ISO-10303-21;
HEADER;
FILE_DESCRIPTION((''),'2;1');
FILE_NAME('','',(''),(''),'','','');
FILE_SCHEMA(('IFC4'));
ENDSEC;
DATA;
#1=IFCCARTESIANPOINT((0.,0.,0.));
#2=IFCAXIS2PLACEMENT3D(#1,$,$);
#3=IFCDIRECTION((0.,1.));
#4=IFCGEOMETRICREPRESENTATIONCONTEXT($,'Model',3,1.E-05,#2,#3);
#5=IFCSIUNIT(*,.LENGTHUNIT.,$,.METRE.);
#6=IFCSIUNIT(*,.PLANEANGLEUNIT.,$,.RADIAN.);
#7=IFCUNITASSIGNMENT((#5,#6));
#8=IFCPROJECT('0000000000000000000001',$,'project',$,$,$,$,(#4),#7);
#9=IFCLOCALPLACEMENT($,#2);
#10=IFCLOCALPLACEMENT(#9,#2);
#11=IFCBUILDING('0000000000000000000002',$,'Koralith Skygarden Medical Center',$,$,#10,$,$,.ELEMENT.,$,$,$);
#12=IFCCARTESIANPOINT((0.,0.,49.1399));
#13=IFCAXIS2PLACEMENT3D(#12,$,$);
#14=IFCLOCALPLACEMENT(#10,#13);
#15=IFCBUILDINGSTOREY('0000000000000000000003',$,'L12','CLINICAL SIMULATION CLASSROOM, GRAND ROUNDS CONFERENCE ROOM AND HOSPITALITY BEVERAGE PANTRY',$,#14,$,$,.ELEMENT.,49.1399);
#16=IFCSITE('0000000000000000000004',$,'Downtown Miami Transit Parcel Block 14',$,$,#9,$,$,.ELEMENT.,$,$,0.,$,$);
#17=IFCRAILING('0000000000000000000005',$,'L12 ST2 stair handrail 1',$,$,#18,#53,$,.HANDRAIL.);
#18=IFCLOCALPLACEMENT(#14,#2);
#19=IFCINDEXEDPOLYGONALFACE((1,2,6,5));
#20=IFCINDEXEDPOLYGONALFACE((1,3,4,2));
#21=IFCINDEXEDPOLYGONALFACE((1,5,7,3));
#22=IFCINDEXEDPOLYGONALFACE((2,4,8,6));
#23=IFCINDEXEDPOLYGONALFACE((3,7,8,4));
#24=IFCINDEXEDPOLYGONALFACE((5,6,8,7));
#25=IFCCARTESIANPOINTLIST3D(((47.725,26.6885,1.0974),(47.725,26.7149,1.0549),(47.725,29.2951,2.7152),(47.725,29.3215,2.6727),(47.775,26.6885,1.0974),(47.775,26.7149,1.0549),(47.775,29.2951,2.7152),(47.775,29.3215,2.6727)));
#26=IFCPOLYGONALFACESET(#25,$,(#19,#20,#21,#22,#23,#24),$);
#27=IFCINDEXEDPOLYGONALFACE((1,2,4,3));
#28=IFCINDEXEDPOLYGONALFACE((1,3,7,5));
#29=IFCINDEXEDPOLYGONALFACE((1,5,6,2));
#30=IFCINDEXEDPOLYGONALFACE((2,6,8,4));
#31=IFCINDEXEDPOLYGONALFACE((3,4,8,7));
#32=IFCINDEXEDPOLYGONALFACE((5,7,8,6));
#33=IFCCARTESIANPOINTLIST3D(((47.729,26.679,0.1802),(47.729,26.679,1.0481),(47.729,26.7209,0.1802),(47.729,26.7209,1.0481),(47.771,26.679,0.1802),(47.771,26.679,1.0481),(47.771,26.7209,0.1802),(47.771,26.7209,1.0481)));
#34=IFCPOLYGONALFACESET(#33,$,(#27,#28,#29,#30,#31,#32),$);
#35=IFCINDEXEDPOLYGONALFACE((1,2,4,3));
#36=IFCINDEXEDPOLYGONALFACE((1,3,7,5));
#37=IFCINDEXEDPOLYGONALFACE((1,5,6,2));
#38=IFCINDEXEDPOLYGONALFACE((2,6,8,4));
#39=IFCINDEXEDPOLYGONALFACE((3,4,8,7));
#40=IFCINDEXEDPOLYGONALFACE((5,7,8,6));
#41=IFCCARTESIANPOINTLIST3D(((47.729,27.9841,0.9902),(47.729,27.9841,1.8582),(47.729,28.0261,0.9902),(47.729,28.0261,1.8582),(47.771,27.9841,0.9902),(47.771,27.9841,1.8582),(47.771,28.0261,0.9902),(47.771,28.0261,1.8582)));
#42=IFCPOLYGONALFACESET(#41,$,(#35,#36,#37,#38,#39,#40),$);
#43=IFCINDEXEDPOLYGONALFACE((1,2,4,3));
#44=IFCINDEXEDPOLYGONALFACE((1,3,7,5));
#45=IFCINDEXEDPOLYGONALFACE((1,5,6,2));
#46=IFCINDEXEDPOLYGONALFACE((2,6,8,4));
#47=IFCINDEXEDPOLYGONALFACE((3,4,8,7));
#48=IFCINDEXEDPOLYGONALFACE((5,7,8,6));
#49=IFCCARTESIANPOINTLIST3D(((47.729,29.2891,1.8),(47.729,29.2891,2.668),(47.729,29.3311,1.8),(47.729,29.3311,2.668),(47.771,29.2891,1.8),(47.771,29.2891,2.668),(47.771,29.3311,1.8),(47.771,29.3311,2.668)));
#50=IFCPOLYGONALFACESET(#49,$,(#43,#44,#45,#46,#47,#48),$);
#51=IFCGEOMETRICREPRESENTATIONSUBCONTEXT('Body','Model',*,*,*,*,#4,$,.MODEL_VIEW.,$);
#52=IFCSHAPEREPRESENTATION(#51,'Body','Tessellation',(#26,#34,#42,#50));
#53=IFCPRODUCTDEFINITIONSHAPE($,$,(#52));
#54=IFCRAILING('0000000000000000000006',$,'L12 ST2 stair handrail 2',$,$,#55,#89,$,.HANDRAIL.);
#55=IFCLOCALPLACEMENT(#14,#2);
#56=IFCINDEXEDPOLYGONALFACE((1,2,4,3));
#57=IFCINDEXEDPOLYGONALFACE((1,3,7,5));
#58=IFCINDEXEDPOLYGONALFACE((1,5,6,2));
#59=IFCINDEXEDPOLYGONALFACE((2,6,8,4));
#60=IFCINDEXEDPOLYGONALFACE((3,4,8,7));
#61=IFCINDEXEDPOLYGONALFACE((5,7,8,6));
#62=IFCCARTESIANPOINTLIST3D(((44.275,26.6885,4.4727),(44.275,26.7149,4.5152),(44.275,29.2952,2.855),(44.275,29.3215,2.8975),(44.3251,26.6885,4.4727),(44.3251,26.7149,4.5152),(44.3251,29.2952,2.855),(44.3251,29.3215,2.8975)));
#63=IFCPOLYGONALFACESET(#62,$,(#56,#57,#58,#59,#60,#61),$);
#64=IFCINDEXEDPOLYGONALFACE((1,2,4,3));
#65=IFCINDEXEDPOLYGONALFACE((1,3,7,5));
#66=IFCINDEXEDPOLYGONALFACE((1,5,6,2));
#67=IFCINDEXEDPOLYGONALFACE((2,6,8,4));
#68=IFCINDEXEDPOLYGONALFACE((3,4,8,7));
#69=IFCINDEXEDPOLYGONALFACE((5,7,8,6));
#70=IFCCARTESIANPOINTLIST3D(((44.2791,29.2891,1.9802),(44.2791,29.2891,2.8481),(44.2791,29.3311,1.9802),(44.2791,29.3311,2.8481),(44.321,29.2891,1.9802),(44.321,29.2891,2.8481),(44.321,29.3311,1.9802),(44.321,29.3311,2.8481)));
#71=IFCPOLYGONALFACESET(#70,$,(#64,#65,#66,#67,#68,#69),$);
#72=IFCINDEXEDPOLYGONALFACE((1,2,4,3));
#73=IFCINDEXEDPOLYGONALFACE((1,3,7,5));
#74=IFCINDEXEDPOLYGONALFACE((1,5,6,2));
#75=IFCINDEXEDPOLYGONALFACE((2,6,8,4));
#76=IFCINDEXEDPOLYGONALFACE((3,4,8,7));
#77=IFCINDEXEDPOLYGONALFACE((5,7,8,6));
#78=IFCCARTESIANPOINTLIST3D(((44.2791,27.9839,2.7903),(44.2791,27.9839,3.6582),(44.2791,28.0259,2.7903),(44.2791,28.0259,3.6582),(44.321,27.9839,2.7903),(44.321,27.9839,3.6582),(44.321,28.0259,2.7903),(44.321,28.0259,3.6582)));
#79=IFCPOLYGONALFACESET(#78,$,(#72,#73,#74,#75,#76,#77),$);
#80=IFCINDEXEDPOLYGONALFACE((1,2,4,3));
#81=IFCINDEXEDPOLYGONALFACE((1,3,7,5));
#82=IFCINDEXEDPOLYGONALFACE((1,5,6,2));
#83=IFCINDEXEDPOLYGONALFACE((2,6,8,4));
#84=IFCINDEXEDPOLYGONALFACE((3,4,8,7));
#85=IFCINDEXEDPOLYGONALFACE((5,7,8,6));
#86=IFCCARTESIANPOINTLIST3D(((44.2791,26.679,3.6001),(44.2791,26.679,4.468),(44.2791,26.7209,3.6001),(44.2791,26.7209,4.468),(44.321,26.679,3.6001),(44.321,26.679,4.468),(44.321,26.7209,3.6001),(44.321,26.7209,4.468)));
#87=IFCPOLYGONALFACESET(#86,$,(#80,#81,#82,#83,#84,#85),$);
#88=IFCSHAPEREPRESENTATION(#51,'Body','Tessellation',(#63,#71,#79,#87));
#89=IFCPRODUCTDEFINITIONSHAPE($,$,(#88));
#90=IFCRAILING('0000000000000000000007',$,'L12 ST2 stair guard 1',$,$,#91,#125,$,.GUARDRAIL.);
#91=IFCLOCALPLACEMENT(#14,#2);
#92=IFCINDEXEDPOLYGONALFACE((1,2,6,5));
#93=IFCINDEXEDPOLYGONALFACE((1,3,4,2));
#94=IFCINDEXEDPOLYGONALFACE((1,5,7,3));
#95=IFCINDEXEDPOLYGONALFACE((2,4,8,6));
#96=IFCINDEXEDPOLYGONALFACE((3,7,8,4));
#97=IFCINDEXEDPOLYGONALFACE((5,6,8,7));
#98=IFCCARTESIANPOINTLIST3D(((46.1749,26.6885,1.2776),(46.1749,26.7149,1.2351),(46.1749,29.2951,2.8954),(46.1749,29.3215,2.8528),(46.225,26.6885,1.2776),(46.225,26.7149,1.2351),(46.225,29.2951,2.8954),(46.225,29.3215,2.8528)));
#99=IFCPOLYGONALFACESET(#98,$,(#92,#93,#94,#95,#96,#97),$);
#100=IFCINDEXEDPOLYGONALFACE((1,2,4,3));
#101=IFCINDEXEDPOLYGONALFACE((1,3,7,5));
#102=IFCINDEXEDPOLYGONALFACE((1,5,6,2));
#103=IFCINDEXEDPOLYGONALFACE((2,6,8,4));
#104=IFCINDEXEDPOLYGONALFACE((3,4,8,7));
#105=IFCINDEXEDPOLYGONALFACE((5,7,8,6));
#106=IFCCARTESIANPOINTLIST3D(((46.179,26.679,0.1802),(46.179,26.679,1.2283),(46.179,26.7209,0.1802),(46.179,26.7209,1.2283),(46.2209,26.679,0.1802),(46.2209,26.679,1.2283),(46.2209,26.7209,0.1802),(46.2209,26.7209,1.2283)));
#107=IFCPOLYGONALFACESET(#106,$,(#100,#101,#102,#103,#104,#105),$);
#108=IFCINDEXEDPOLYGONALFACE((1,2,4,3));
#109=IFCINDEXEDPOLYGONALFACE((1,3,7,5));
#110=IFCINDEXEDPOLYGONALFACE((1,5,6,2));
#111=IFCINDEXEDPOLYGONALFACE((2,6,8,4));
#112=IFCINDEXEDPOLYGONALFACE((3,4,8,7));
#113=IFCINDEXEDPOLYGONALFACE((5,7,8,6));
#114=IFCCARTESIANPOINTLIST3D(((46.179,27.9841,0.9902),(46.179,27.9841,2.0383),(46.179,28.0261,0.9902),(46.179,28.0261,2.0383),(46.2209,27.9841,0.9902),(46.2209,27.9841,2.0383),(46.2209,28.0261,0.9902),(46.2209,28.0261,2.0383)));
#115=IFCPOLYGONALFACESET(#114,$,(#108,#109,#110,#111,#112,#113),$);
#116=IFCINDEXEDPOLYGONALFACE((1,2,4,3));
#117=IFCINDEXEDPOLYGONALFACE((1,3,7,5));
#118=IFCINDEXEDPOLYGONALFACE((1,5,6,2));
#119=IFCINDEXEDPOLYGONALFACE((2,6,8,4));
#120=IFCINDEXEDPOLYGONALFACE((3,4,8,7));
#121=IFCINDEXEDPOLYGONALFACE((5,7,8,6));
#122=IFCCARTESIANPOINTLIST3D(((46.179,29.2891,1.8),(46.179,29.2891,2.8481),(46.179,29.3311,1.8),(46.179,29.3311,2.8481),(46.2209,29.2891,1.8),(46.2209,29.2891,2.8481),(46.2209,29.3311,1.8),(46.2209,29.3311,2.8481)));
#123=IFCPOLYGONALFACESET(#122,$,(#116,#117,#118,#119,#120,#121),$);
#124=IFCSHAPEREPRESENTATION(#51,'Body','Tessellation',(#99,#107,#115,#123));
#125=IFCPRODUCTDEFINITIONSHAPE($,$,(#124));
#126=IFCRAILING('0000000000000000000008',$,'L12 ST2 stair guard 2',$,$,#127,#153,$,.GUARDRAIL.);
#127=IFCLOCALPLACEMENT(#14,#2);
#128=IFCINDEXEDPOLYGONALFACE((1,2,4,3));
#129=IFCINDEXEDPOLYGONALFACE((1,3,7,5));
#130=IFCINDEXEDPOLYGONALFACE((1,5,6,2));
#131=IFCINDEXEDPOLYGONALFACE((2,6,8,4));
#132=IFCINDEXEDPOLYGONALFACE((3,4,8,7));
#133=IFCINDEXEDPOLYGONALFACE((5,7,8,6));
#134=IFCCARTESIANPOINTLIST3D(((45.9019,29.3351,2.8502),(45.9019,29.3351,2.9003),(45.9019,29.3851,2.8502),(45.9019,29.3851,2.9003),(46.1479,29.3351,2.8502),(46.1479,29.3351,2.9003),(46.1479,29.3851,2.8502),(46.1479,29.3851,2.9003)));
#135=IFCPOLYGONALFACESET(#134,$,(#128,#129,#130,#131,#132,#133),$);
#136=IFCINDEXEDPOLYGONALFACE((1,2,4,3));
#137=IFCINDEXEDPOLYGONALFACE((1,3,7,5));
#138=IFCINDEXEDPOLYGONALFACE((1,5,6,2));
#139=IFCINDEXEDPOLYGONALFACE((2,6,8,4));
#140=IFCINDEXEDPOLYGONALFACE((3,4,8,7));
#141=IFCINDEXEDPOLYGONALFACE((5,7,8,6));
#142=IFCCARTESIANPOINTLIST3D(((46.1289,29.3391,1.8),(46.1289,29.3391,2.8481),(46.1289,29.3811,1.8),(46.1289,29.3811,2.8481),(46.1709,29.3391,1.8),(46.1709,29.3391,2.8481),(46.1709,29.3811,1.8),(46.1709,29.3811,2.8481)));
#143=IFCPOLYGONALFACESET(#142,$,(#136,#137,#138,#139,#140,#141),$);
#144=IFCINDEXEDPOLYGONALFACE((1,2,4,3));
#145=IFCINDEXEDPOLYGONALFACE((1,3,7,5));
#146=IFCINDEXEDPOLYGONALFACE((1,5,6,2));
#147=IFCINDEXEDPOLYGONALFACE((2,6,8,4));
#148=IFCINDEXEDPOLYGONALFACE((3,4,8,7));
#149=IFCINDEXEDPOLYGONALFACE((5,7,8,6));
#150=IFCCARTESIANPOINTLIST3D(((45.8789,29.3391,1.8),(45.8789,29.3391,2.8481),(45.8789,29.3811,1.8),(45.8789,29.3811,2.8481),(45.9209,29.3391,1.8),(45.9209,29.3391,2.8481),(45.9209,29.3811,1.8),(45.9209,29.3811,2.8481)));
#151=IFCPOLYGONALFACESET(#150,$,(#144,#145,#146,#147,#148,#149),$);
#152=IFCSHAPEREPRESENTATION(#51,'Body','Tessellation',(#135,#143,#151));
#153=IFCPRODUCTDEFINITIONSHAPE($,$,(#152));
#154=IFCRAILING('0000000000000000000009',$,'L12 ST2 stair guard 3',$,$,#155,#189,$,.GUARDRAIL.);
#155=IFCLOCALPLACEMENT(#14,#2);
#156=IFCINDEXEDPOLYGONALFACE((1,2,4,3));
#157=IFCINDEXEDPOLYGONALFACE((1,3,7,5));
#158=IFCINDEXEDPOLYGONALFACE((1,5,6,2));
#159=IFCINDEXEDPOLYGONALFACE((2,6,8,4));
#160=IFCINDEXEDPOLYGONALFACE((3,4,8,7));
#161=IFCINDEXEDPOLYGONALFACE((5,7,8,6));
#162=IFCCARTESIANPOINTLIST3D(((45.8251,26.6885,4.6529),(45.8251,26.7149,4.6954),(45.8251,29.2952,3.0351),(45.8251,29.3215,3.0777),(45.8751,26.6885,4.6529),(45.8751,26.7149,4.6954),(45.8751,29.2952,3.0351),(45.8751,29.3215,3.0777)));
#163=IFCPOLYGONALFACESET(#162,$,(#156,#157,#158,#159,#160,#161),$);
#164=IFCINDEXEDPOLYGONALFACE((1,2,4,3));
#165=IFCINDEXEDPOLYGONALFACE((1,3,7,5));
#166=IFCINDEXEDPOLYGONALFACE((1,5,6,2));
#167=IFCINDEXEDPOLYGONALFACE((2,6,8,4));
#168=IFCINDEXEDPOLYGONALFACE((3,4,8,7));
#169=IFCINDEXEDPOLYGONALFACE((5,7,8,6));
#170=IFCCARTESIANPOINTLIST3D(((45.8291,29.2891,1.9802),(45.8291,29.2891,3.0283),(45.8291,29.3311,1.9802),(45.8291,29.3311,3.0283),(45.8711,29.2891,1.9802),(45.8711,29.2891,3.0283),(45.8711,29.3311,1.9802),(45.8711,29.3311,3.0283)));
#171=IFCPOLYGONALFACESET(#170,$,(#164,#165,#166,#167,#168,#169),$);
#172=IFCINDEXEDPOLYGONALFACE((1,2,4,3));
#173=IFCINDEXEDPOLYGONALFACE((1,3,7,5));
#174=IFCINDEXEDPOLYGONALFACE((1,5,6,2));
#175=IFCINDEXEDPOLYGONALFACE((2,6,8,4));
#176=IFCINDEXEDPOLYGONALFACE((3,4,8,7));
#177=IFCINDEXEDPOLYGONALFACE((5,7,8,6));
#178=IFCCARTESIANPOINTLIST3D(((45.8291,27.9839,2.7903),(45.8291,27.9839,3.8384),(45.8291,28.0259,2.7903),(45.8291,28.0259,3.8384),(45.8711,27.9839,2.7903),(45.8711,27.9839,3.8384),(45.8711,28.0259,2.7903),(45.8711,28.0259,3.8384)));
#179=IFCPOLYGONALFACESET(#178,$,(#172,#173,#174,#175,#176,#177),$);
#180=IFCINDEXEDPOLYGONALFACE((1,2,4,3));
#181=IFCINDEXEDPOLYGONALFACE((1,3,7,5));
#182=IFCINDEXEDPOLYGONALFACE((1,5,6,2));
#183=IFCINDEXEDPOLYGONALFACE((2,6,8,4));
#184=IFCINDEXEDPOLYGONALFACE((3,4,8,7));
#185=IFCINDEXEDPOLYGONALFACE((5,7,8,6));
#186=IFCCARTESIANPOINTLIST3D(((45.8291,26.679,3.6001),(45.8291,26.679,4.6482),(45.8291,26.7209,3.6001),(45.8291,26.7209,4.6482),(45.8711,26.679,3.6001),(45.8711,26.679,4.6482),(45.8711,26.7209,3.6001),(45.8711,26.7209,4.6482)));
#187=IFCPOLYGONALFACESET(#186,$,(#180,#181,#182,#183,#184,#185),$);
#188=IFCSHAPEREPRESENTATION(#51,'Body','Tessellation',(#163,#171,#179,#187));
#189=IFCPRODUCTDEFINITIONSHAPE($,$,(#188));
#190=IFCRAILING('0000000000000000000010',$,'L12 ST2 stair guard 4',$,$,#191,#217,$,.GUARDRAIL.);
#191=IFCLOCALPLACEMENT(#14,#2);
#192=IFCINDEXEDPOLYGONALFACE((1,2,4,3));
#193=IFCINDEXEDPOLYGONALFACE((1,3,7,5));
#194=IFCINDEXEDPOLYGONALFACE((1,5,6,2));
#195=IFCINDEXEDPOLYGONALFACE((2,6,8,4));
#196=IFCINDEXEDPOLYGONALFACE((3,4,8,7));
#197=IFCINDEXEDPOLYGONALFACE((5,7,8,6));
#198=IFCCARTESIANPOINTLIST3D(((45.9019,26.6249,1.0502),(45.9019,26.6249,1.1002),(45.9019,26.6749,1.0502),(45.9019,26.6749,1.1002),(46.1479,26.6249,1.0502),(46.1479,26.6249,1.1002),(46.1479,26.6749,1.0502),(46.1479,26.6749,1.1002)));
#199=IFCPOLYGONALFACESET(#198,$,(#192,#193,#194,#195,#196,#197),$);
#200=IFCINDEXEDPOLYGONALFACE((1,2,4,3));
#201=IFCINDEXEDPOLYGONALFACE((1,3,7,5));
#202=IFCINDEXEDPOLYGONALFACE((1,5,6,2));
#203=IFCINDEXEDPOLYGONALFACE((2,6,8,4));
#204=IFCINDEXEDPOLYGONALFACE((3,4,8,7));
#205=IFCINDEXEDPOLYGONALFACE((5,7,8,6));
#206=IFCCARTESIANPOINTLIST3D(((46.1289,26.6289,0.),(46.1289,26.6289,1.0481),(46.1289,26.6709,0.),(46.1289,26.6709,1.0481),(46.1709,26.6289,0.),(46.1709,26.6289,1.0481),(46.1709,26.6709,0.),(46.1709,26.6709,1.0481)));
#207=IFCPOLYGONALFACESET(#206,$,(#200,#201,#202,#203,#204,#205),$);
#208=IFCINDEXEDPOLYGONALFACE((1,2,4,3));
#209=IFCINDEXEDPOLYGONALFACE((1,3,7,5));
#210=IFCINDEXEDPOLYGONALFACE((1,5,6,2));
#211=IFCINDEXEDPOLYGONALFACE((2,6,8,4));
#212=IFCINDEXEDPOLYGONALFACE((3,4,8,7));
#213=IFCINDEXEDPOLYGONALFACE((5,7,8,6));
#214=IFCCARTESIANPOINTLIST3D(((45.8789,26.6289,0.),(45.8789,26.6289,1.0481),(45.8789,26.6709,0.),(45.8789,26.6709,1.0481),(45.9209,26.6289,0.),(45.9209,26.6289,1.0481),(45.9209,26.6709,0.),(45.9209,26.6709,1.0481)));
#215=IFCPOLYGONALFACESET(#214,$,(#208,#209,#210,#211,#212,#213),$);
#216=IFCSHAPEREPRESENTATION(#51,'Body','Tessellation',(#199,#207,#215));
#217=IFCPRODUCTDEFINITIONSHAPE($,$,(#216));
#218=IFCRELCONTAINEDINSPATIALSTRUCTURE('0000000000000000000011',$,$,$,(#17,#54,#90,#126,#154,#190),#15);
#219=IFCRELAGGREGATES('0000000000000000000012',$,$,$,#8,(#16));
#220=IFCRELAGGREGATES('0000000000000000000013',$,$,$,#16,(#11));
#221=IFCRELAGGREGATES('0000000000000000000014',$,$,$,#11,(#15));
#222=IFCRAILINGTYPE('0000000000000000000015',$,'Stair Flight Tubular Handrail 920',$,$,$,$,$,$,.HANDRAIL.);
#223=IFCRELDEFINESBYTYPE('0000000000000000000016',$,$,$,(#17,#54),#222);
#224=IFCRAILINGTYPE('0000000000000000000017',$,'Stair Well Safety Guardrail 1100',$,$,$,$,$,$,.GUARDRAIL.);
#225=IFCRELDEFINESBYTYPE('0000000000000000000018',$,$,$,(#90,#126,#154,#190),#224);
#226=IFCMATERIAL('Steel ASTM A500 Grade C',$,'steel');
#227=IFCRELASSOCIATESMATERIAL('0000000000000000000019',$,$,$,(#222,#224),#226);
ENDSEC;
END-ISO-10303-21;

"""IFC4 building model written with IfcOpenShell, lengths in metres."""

from ifc_helpers import new_model, si_unit, direction, frame, origin, origin_2d, place, context, subcontext, project, spatial, rectangle, extrude, material, type_object, element, save


model = new_model("IFC4")

# Units and contexts
model_context = context("Model", 3, precision=1e-05, world=origin(), true_north=direction((0.0, 1.0)))
body_context = subcontext(model_context, "Body", "Model", "MODEL_VIEW")
ifc_project = project(units=[si_unit("LENGTHUNIT", "METRE"), si_unit("PLANEANGLEUNIT", "RADIAN")], contexts=[model_context])

# Site, building, storey
site_placement = place(None, origin())
site = spatial("IfcSite", under=ifc_project, at=site_placement, Name="Downtown Miami Transit Parcel Block 14", CompositionType="ELEMENT", RefElevation=0.0)
building_placement = place(site_placement, origin())
building = spatial("IfcBuilding", under=site, at=building_placement, Name="Koralith Skygarden Medical Center", CompositionType="ELEMENT")
storey_placement = place(building_placement, frame((0.0, 0.0, 49.1399)))
storey = spatial("IfcBuildingStorey", under=building, at=storey_placement, Name="L12", Description="CLINICAL SIMULATION CLASSROOM, GRAND ROUNDS CONFERENCE ROOM AND HOSPITALITY BEVERAGE PANTRY", CompositionType="ELEMENT", Elevation=49.1399)

# Railings
ifc_material_1 = material(Name="Steel ASTM A500 Grade C", Category="steel")
railing_type_1 = type_object("IfcRailingType", Name="Stair Flight Tubular Handrail 920", PredefinedType="HANDRAIL", material=ifc_material_1)
railing_1_placement = place(storey_placement, frame((47.75, 26.7, 0.1802)))
element("IfcRailing", 1, at=railing_1_placement, inside=storey, type_object=railing_type_1, Name="L12 ST2 stair handrail 1", PredefinedType="HANDRAIL", context=body_context, shape_type="SweptSolid", body=[
    extrude(rectangle(XDim=0.05, YDim=0.05, at=origin_2d()), frame((0.0, 0.0017, 0.896), z_axis=(0.0, 0.849668, 0.527317), x_axis=(-1.0, 0.0, 0.0)), (0.0, 0.0, 1.0), 3.0679),
    extrude(rectangle(XDim=0.042, YDim=0.042, at=origin_2d()), origin(), (0.0, 0.0, 1.0), 0.8679),
    extrude(rectangle(XDim=0.042, YDim=0.042, at=origin_2d()), frame((0.0, 1.3052, 0.8101)), (0.0, 0.0, 1.0), 0.8679),
    extrude(rectangle(XDim=0.042, YDim=0.042, at=origin_2d()), frame((0.0, 2.6101, 1.6199)), (0.0, 0.0, 1.0), 0.8679),
])
railing_2_placement = place(storey_placement, frame((44.3, 29.3101, 1.9802)))
element("IfcRailing", 2, at=railing_2_placement, inside=storey, type_object=railing_type_1, Name="L12 ST2 stair handrail 2", PredefinedType="HANDRAIL", context=body_context, shape_type="SweptSolid", body=[
    extrude(rectangle(XDim=0.05, YDim=0.05, at=origin_2d()), frame((0.0, -0.0017, 0.896), z_axis=(0.0, -0.849668, 0.527317), x_axis=(1.0, 0.0, 0.0)), (0.0, 0.0, 1.0), 3.0679),
    extrude(rectangle(XDim=0.042, YDim=0.042, at=origin_2d()), origin(), (0.0, 0.0, 1.0), 0.8679),
    extrude(rectangle(XDim=0.042, YDim=0.042, at=origin_2d()), frame((0.0, -1.3052, 0.8101)), (0.0, 0.0, 1.0), 0.8679),
    extrude(rectangle(XDim=0.042, YDim=0.042, at=origin_2d()), frame((0.0, -2.6101, 1.6199)), (0.0, 0.0, 1.0), 0.8679),
])
railing_type_2 = type_object("IfcRailingType", Name="Stair Well Safety Guardrail 1100", PredefinedType="GUARDRAIL", material=ifc_material_1)
railing_3_placement = place(storey_placement, frame((46.2, 26.7, 0.1802)))
element("IfcRailing", 3, at=railing_3_placement, inside=storey, type_object=railing_type_2, Name="L12 ST2 stair guard 1", PredefinedType="GUARDRAIL", context=body_context, shape_type="SweptSolid", body=[
    extrude(rectangle(XDim=0.05, YDim=0.05, at=origin_2d()), frame((0.0, 0.0017, 1.0762), z_axis=(0.0, 0.849668, 0.527317), x_axis=(-1.0, 0.0, 0.0)), (0.0, 0.0, 1.0), 3.0679),
    extrude(rectangle(XDim=0.042, YDim=0.042, at=origin_2d()), origin(), (0.0, 0.0, 1.0), 1.0481),
    extrude(rectangle(XDim=0.042, YDim=0.042, at=origin_2d()), frame((0.0, 1.3052, 0.8101)), (0.0, 0.0, 1.0), 1.0481),
    extrude(rectangle(XDim=0.042, YDim=0.042, at=origin_2d()), frame((0.0, 2.6101, 1.6199)), (0.0, 0.0, 1.0), 1.0481),
])
railing_4_placement = place(storey_placement, frame((46.1499, 29.3601, 1.8)))
element("IfcRailing", 4, at=railing_4_placement, inside=storey, type_object=railing_type_2, Name="L12 ST2 stair guard 2", PredefinedType="GUARDRAIL", context=body_context, shape_type="SweptSolid", body=[
    extrude(rectangle(XDim=0.05, YDim=0.05, at=origin_2d()), frame((-0.002, 0.0, 1.0752), z_axis=(-1.0, 0.0, 0.0), x_axis=(0.0, -1.0, 0.0)), (0.0, 0.0, 1.0), 0.2461),
    extrude(rectangle(XDim=0.042, YDim=0.042, at=origin_2d()), origin(), (0.0, 0.0, 1.0), 1.0481),
    extrude(rectangle(XDim=0.042, YDim=0.042, at=origin_2d()), frame((-0.25, 0.0, 0.0)), (0.0, 0.0, 1.0), 1.0481),
])
railing_5_placement = place(storey_placement, frame((45.8501, 29.3101, 1.9802)))
element("IfcRailing", 5, at=railing_5_placement, inside=storey, type_object=railing_type_2, Name="L12 ST2 stair guard 3", PredefinedType="GUARDRAIL", context=body_context, shape_type="SweptSolid", body=[
    extrude(rectangle(XDim=0.05, YDim=0.05, at=origin_2d()), frame((0.0, -0.0017, 1.0762), z_axis=(0.0, -0.849668, 0.527317), x_axis=(1.0, 0.0, 0.0)), (0.0, 0.0, 1.0), 3.0679),
    extrude(rectangle(XDim=0.042, YDim=0.042, at=origin_2d()), origin(), (0.0, 0.0, 1.0), 1.0481),
    extrude(rectangle(XDim=0.042, YDim=0.042, at=origin_2d()), frame((0.0, -1.3052, 0.8101)), (0.0, 0.0, 1.0), 1.0481),
    extrude(rectangle(XDim=0.042, YDim=0.042, at=origin_2d()), frame((0.0, -2.6101, 1.6199)), (0.0, 0.0, 1.0), 1.0481),
])
railing_6_placement = place(storey_placement, frame((46.1499, 26.6499, 0.0)))
element("IfcRailing", 6, at=railing_6_placement, inside=storey, type_object=railing_type_2, Name="L12 ST2 stair guard 4", PredefinedType="GUARDRAIL", context=body_context, shape_type="SweptSolid", body=[
    extrude(rectangle(XDim=0.05, YDim=0.05, at=origin_2d()), frame((-0.002, 0.0, 1.0752), z_axis=(-1.0, 0.0, 0.0), x_axis=(0.0, -1.0, 0.0)), (0.0, 0.0, 1.0), 0.2461),
    extrude(rectangle(XDim=0.042, YDim=0.042, at=origin_2d()), origin(), (0.0, 0.0, 1.0), 1.0481),
    extrude(rectangle(XDim=0.042, YDim=0.042, at=origin_2d()), frame((-0.25, 0.0, 0.0)), (0.0, 0.0, 1.0), 1.0481),
])

save(model, "model.ifc")
